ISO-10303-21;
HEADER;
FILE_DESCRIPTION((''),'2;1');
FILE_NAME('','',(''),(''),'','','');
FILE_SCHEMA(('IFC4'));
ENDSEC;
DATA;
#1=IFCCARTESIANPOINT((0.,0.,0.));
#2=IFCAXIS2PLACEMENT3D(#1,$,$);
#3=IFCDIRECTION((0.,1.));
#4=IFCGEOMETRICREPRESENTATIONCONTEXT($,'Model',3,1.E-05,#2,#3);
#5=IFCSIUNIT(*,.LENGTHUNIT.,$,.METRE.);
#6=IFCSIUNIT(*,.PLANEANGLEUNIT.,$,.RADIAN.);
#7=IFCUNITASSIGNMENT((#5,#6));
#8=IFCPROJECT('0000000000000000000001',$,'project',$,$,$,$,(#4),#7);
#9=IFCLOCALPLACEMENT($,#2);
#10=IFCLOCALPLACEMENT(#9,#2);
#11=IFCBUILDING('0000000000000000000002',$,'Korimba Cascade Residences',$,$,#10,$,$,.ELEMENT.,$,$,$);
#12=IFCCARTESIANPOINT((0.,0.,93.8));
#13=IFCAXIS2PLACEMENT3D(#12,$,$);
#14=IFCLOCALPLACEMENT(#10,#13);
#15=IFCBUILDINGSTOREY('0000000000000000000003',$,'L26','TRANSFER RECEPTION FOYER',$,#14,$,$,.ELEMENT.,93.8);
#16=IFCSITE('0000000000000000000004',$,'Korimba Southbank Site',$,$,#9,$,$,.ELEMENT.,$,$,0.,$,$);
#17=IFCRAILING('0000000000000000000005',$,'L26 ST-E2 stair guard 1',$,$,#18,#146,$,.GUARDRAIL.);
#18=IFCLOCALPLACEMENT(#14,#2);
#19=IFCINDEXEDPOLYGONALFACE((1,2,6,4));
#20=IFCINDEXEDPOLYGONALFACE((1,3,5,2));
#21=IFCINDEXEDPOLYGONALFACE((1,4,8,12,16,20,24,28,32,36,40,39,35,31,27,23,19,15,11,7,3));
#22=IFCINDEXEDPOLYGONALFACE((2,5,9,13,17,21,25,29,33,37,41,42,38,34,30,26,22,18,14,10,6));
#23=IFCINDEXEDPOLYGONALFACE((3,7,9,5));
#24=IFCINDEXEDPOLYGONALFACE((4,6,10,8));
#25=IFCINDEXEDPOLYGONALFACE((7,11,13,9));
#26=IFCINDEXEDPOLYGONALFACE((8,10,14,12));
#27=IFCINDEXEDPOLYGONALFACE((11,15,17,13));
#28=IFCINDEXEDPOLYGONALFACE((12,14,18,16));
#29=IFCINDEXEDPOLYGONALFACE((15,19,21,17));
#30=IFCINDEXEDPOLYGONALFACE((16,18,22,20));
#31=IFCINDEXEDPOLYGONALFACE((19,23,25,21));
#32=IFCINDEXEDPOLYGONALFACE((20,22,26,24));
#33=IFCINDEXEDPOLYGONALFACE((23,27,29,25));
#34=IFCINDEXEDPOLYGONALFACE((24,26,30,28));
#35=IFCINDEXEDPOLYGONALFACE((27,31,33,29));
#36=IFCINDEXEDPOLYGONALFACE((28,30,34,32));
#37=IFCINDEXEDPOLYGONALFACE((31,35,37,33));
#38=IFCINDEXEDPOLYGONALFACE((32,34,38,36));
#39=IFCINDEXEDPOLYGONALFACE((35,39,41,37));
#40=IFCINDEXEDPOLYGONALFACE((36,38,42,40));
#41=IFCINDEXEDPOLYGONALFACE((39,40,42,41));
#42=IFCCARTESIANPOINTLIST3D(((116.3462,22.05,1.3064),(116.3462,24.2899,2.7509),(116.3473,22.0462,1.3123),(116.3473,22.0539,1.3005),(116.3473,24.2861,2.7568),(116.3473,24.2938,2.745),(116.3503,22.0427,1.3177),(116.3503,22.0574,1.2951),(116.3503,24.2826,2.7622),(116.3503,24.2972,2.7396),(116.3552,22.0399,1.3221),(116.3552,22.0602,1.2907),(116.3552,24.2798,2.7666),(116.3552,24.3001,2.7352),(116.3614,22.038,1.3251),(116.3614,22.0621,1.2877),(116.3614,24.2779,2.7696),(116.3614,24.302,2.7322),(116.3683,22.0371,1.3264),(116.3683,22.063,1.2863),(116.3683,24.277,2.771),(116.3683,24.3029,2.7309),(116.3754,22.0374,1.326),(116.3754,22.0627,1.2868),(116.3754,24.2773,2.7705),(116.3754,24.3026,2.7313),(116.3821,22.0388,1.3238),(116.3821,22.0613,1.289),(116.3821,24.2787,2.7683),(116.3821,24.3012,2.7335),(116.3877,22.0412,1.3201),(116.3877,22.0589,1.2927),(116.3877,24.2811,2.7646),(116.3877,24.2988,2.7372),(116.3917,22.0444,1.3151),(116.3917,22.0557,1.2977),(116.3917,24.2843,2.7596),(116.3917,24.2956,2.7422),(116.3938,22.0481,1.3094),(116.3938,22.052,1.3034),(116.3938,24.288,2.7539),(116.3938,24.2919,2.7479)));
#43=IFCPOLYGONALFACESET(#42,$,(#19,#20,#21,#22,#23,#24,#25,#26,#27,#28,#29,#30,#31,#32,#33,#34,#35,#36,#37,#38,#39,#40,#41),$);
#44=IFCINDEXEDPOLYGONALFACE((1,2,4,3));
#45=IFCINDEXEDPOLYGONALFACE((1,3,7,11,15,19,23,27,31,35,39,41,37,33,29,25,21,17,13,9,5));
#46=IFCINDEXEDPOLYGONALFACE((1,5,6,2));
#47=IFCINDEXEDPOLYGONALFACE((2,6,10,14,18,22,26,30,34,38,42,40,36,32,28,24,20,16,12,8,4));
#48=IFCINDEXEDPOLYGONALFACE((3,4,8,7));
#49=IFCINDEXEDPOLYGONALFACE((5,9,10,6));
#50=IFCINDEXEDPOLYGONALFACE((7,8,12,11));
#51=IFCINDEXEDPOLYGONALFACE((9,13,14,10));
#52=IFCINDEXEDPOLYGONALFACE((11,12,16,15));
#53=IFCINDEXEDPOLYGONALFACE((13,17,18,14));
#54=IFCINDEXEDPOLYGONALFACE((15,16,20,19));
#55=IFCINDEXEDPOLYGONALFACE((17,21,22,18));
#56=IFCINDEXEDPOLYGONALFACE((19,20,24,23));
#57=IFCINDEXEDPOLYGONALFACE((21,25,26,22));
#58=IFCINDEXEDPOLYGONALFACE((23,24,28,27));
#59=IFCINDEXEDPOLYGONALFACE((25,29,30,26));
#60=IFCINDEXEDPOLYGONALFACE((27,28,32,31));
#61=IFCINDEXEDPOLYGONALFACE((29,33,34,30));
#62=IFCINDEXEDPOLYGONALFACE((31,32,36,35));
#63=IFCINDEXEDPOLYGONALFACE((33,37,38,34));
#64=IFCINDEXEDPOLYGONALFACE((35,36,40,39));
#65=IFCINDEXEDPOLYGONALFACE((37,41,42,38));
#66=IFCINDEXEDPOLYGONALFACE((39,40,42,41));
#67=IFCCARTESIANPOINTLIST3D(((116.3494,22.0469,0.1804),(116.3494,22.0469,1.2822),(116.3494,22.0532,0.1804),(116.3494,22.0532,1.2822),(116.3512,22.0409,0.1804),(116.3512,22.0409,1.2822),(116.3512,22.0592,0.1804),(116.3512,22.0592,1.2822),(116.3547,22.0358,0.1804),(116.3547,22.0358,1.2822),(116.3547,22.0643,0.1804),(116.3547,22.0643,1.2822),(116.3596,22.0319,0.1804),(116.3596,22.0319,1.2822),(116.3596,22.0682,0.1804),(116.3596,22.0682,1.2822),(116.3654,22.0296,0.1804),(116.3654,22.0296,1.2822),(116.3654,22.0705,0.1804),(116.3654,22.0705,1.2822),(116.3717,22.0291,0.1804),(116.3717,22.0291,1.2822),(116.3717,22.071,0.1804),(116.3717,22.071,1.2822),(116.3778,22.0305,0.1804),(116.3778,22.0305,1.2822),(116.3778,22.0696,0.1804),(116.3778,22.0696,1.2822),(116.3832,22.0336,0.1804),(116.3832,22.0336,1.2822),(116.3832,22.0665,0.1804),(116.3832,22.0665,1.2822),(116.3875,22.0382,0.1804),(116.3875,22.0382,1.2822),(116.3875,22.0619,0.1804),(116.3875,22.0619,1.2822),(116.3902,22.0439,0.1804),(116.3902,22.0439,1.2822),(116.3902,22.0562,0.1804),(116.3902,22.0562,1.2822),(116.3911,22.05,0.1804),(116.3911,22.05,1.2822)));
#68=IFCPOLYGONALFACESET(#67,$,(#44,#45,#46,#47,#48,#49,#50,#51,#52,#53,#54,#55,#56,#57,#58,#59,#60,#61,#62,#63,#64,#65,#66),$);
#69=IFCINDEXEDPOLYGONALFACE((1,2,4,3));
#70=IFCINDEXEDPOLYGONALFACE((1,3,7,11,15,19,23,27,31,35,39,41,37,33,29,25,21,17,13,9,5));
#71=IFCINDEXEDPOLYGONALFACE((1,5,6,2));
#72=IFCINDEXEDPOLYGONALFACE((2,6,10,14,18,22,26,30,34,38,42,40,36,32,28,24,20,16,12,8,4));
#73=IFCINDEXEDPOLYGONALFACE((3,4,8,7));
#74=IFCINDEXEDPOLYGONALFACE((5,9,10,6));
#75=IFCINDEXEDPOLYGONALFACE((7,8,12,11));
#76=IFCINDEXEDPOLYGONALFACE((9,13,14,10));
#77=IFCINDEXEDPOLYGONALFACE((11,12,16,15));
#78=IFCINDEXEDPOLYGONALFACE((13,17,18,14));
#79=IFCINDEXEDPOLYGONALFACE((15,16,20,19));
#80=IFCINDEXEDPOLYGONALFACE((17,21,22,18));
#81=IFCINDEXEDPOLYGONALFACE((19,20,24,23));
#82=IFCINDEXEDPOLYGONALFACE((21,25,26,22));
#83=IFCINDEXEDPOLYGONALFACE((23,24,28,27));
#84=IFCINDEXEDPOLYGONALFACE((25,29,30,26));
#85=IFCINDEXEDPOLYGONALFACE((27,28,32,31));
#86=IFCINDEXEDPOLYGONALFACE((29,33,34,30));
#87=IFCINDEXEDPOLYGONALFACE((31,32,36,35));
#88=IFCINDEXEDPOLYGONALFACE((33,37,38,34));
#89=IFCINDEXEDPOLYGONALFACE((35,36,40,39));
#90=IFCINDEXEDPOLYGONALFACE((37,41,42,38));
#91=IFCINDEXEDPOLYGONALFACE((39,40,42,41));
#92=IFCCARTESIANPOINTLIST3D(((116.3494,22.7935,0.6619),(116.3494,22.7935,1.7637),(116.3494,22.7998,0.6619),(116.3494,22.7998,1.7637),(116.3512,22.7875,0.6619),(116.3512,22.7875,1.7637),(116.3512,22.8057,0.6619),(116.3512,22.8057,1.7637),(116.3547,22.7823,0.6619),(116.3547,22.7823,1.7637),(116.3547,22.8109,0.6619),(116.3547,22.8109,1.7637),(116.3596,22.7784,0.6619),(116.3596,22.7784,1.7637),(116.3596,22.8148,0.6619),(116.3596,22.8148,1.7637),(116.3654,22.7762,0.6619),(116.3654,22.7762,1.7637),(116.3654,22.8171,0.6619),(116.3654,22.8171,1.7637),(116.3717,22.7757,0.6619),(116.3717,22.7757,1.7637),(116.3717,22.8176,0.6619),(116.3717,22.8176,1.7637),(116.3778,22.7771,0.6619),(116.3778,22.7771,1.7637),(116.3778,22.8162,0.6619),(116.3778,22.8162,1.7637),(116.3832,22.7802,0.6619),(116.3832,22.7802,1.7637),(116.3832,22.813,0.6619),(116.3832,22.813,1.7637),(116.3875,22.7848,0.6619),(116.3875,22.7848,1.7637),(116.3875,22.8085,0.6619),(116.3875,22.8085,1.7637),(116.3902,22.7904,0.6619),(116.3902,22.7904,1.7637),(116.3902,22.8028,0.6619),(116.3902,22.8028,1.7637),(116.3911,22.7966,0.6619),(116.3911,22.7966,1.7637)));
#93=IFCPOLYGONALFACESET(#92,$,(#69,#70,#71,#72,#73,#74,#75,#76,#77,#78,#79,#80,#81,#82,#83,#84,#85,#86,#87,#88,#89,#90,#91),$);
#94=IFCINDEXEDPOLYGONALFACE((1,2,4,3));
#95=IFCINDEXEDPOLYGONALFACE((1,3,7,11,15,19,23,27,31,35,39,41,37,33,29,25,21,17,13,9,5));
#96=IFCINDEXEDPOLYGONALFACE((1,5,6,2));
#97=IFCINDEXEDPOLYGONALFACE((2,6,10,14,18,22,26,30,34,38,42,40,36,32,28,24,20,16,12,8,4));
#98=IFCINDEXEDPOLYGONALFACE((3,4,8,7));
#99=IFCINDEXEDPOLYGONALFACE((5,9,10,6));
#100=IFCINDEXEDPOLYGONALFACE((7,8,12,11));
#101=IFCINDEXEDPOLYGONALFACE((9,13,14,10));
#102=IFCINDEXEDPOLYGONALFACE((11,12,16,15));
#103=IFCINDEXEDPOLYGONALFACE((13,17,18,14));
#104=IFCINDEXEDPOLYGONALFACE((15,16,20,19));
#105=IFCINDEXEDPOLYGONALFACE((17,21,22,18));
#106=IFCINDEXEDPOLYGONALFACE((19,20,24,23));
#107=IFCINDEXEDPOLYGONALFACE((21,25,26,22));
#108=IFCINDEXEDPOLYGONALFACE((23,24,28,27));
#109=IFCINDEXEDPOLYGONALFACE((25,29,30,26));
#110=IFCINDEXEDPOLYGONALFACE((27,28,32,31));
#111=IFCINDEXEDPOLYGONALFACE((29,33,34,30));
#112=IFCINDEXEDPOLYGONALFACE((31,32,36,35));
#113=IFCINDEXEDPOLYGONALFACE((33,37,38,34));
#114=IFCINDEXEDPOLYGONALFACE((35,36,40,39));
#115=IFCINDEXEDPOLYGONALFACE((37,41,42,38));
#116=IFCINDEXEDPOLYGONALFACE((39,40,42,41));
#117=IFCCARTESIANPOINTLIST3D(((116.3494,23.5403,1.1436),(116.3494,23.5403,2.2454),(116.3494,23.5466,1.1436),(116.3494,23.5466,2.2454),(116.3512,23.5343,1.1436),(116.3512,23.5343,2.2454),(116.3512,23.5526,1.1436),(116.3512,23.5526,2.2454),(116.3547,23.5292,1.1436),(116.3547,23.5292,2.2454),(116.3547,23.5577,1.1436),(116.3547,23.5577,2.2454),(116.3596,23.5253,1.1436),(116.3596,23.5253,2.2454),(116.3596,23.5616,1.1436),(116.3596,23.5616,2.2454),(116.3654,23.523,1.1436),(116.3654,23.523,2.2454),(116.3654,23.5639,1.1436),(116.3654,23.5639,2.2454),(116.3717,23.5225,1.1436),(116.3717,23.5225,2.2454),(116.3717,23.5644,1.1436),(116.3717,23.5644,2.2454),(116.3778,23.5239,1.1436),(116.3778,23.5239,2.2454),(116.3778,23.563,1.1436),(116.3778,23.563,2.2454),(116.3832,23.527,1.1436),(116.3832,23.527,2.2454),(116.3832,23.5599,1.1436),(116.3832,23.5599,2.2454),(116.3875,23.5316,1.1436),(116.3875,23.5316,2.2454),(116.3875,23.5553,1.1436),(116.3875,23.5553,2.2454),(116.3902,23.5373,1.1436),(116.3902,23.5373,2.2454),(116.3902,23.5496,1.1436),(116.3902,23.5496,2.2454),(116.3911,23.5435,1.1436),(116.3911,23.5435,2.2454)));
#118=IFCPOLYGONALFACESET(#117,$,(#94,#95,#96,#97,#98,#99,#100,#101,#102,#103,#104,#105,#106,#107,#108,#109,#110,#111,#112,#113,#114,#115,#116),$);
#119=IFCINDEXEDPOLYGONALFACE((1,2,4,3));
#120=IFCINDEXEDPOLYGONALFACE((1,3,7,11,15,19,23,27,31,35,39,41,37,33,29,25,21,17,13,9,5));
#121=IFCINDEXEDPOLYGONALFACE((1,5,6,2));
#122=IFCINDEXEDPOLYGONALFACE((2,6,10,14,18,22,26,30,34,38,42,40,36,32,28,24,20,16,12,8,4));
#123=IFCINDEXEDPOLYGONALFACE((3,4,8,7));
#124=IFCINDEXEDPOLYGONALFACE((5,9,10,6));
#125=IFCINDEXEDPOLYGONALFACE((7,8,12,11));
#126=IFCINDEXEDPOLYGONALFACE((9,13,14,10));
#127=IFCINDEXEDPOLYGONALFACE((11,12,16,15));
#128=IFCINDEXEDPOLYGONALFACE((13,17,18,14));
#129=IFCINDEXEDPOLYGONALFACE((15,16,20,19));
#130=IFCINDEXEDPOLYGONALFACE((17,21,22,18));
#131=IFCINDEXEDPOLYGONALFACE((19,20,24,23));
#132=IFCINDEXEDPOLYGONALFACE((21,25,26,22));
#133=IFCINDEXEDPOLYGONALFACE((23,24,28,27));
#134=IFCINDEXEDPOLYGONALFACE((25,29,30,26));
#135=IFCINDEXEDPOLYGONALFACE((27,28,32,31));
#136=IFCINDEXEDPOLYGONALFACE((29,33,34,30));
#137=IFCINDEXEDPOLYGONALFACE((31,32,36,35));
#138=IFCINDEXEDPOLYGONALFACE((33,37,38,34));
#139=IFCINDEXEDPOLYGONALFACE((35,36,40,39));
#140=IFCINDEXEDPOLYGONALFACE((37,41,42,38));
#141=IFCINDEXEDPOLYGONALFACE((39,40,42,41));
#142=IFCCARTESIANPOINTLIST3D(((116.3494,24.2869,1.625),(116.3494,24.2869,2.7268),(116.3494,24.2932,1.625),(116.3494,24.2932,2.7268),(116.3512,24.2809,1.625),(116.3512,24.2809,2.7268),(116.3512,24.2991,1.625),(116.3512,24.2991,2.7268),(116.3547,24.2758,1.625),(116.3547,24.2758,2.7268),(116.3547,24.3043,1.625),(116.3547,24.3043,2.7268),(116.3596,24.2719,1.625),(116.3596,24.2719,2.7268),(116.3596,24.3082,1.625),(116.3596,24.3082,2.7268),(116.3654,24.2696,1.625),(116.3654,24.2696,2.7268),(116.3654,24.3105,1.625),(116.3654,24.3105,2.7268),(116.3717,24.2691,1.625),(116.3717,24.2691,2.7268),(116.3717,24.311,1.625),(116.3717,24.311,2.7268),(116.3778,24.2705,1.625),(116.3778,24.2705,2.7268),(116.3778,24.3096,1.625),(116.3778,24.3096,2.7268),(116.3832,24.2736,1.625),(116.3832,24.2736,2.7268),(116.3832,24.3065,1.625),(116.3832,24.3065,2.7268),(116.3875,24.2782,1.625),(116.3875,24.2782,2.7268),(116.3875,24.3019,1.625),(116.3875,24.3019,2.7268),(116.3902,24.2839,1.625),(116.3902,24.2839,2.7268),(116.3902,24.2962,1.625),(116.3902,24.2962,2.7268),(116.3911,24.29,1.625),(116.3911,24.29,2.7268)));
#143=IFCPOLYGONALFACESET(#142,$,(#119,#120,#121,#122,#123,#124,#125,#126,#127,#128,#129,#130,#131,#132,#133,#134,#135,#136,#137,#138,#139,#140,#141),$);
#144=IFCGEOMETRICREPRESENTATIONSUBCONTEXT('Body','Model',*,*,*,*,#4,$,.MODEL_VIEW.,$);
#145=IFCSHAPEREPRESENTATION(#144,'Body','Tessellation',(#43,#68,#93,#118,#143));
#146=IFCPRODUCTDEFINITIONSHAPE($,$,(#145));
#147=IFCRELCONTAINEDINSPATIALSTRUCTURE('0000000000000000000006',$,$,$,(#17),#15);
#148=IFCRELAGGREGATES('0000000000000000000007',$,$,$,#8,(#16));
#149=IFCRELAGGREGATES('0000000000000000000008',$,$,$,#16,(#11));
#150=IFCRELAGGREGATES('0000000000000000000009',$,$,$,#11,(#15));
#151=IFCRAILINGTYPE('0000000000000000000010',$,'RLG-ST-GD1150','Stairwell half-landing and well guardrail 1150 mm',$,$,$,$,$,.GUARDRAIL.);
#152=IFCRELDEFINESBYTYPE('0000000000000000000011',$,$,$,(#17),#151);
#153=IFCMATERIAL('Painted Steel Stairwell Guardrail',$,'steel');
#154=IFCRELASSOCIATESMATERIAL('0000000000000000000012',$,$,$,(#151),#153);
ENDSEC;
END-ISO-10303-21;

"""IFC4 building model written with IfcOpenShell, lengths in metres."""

from ifc_helpers import new_model, si_unit, direction, frame, origin, origin_2d, place, context, subcontext, project, spatial, circle, extrude, material, type_object, element, save


model = new_model("IFC4")

# Units and contexts
model_context = context("Model", 3, precision=1e-05, world=origin(), true_north=direction((0.0, 1.0)))
body_context = subcontext(model_context, "Body", "Model", "MODEL_VIEW")
ifc_project = project(units=[si_unit("LENGTHUNIT", "METRE"), si_unit("PLANEANGLEUNIT", "RADIAN")], contexts=[model_context])

# Site, building, storey
site_placement = place(None, origin())
site = spatial("IfcSite", under=ifc_project, at=site_placement, Name="Korimba Southbank Site", CompositionType="ELEMENT", RefElevation=0.0)
building_placement = place(site_placement, origin())
building = spatial("IfcBuilding", under=site, at=building_placement, Name="Korimba Cascade Residences", CompositionType="ELEMENT")
storey_placement = place(building_placement, frame((0.0, 0.0, 93.8)))
storey = spatial("IfcBuildingStorey", under=building, at=storey_placement, Name="L26", Description="TRANSFER RECEPTION FOYER", CompositionType="ELEMENT", Elevation=93.8)

# Railing
ifc_material_1 = material(Name="Painted Steel Stairwell Guardrail", Category="steel")
railing_type_1 = type_object("IfcRailingType", Name="RLG-ST-GD1150", Description="Stairwell half-landing and well guardrail 1150 mm", PredefinedType="GUARDRAIL", material=ifc_material_1)
railing_1_placement = place(storey_placement, frame((116.3701, 22.05, 0.1804)))
element("IfcRailing", 1, at=railing_1_placement, inside=storey, type_object=railing_type_1, Name="L26 ST-E2 stair guard 1", PredefinedType="GUARDRAIL", context=body_context, shape_type="SweptSolid", body=[
    extrude(circle(Radius=0.0239, at=origin_2d()), frame((0.0, 0.0, 1.126), z_axis=(0.0, 0.840395, 0.541975), x_axis=(-1.0, 0.0, 0.0)), (0.0, 0.0, 1.0), 2.6653),
    extrude(circle(Radius=0.021, at=origin_2d()), origin(), (0.0, 0.0, 1.0), 1.1018),
    extrude(circle(Radius=0.021, at=origin_2d()), frame((0.0, 0.7466, 0.4814)), (0.0, 0.0, 1.0), 1.1018),
    extrude(circle(Radius=0.021, at=origin_2d()), frame((0.0, 1.4934, 0.9631)), (0.0, 0.0, 1.0), 1.1018),
    extrude(circle(Radius=0.021, at=origin_2d()), frame((0.0, 2.24, 1.4446)), (0.0, 0.0, 1.0), 1.1018),
])

save(model, "model.ifc")
